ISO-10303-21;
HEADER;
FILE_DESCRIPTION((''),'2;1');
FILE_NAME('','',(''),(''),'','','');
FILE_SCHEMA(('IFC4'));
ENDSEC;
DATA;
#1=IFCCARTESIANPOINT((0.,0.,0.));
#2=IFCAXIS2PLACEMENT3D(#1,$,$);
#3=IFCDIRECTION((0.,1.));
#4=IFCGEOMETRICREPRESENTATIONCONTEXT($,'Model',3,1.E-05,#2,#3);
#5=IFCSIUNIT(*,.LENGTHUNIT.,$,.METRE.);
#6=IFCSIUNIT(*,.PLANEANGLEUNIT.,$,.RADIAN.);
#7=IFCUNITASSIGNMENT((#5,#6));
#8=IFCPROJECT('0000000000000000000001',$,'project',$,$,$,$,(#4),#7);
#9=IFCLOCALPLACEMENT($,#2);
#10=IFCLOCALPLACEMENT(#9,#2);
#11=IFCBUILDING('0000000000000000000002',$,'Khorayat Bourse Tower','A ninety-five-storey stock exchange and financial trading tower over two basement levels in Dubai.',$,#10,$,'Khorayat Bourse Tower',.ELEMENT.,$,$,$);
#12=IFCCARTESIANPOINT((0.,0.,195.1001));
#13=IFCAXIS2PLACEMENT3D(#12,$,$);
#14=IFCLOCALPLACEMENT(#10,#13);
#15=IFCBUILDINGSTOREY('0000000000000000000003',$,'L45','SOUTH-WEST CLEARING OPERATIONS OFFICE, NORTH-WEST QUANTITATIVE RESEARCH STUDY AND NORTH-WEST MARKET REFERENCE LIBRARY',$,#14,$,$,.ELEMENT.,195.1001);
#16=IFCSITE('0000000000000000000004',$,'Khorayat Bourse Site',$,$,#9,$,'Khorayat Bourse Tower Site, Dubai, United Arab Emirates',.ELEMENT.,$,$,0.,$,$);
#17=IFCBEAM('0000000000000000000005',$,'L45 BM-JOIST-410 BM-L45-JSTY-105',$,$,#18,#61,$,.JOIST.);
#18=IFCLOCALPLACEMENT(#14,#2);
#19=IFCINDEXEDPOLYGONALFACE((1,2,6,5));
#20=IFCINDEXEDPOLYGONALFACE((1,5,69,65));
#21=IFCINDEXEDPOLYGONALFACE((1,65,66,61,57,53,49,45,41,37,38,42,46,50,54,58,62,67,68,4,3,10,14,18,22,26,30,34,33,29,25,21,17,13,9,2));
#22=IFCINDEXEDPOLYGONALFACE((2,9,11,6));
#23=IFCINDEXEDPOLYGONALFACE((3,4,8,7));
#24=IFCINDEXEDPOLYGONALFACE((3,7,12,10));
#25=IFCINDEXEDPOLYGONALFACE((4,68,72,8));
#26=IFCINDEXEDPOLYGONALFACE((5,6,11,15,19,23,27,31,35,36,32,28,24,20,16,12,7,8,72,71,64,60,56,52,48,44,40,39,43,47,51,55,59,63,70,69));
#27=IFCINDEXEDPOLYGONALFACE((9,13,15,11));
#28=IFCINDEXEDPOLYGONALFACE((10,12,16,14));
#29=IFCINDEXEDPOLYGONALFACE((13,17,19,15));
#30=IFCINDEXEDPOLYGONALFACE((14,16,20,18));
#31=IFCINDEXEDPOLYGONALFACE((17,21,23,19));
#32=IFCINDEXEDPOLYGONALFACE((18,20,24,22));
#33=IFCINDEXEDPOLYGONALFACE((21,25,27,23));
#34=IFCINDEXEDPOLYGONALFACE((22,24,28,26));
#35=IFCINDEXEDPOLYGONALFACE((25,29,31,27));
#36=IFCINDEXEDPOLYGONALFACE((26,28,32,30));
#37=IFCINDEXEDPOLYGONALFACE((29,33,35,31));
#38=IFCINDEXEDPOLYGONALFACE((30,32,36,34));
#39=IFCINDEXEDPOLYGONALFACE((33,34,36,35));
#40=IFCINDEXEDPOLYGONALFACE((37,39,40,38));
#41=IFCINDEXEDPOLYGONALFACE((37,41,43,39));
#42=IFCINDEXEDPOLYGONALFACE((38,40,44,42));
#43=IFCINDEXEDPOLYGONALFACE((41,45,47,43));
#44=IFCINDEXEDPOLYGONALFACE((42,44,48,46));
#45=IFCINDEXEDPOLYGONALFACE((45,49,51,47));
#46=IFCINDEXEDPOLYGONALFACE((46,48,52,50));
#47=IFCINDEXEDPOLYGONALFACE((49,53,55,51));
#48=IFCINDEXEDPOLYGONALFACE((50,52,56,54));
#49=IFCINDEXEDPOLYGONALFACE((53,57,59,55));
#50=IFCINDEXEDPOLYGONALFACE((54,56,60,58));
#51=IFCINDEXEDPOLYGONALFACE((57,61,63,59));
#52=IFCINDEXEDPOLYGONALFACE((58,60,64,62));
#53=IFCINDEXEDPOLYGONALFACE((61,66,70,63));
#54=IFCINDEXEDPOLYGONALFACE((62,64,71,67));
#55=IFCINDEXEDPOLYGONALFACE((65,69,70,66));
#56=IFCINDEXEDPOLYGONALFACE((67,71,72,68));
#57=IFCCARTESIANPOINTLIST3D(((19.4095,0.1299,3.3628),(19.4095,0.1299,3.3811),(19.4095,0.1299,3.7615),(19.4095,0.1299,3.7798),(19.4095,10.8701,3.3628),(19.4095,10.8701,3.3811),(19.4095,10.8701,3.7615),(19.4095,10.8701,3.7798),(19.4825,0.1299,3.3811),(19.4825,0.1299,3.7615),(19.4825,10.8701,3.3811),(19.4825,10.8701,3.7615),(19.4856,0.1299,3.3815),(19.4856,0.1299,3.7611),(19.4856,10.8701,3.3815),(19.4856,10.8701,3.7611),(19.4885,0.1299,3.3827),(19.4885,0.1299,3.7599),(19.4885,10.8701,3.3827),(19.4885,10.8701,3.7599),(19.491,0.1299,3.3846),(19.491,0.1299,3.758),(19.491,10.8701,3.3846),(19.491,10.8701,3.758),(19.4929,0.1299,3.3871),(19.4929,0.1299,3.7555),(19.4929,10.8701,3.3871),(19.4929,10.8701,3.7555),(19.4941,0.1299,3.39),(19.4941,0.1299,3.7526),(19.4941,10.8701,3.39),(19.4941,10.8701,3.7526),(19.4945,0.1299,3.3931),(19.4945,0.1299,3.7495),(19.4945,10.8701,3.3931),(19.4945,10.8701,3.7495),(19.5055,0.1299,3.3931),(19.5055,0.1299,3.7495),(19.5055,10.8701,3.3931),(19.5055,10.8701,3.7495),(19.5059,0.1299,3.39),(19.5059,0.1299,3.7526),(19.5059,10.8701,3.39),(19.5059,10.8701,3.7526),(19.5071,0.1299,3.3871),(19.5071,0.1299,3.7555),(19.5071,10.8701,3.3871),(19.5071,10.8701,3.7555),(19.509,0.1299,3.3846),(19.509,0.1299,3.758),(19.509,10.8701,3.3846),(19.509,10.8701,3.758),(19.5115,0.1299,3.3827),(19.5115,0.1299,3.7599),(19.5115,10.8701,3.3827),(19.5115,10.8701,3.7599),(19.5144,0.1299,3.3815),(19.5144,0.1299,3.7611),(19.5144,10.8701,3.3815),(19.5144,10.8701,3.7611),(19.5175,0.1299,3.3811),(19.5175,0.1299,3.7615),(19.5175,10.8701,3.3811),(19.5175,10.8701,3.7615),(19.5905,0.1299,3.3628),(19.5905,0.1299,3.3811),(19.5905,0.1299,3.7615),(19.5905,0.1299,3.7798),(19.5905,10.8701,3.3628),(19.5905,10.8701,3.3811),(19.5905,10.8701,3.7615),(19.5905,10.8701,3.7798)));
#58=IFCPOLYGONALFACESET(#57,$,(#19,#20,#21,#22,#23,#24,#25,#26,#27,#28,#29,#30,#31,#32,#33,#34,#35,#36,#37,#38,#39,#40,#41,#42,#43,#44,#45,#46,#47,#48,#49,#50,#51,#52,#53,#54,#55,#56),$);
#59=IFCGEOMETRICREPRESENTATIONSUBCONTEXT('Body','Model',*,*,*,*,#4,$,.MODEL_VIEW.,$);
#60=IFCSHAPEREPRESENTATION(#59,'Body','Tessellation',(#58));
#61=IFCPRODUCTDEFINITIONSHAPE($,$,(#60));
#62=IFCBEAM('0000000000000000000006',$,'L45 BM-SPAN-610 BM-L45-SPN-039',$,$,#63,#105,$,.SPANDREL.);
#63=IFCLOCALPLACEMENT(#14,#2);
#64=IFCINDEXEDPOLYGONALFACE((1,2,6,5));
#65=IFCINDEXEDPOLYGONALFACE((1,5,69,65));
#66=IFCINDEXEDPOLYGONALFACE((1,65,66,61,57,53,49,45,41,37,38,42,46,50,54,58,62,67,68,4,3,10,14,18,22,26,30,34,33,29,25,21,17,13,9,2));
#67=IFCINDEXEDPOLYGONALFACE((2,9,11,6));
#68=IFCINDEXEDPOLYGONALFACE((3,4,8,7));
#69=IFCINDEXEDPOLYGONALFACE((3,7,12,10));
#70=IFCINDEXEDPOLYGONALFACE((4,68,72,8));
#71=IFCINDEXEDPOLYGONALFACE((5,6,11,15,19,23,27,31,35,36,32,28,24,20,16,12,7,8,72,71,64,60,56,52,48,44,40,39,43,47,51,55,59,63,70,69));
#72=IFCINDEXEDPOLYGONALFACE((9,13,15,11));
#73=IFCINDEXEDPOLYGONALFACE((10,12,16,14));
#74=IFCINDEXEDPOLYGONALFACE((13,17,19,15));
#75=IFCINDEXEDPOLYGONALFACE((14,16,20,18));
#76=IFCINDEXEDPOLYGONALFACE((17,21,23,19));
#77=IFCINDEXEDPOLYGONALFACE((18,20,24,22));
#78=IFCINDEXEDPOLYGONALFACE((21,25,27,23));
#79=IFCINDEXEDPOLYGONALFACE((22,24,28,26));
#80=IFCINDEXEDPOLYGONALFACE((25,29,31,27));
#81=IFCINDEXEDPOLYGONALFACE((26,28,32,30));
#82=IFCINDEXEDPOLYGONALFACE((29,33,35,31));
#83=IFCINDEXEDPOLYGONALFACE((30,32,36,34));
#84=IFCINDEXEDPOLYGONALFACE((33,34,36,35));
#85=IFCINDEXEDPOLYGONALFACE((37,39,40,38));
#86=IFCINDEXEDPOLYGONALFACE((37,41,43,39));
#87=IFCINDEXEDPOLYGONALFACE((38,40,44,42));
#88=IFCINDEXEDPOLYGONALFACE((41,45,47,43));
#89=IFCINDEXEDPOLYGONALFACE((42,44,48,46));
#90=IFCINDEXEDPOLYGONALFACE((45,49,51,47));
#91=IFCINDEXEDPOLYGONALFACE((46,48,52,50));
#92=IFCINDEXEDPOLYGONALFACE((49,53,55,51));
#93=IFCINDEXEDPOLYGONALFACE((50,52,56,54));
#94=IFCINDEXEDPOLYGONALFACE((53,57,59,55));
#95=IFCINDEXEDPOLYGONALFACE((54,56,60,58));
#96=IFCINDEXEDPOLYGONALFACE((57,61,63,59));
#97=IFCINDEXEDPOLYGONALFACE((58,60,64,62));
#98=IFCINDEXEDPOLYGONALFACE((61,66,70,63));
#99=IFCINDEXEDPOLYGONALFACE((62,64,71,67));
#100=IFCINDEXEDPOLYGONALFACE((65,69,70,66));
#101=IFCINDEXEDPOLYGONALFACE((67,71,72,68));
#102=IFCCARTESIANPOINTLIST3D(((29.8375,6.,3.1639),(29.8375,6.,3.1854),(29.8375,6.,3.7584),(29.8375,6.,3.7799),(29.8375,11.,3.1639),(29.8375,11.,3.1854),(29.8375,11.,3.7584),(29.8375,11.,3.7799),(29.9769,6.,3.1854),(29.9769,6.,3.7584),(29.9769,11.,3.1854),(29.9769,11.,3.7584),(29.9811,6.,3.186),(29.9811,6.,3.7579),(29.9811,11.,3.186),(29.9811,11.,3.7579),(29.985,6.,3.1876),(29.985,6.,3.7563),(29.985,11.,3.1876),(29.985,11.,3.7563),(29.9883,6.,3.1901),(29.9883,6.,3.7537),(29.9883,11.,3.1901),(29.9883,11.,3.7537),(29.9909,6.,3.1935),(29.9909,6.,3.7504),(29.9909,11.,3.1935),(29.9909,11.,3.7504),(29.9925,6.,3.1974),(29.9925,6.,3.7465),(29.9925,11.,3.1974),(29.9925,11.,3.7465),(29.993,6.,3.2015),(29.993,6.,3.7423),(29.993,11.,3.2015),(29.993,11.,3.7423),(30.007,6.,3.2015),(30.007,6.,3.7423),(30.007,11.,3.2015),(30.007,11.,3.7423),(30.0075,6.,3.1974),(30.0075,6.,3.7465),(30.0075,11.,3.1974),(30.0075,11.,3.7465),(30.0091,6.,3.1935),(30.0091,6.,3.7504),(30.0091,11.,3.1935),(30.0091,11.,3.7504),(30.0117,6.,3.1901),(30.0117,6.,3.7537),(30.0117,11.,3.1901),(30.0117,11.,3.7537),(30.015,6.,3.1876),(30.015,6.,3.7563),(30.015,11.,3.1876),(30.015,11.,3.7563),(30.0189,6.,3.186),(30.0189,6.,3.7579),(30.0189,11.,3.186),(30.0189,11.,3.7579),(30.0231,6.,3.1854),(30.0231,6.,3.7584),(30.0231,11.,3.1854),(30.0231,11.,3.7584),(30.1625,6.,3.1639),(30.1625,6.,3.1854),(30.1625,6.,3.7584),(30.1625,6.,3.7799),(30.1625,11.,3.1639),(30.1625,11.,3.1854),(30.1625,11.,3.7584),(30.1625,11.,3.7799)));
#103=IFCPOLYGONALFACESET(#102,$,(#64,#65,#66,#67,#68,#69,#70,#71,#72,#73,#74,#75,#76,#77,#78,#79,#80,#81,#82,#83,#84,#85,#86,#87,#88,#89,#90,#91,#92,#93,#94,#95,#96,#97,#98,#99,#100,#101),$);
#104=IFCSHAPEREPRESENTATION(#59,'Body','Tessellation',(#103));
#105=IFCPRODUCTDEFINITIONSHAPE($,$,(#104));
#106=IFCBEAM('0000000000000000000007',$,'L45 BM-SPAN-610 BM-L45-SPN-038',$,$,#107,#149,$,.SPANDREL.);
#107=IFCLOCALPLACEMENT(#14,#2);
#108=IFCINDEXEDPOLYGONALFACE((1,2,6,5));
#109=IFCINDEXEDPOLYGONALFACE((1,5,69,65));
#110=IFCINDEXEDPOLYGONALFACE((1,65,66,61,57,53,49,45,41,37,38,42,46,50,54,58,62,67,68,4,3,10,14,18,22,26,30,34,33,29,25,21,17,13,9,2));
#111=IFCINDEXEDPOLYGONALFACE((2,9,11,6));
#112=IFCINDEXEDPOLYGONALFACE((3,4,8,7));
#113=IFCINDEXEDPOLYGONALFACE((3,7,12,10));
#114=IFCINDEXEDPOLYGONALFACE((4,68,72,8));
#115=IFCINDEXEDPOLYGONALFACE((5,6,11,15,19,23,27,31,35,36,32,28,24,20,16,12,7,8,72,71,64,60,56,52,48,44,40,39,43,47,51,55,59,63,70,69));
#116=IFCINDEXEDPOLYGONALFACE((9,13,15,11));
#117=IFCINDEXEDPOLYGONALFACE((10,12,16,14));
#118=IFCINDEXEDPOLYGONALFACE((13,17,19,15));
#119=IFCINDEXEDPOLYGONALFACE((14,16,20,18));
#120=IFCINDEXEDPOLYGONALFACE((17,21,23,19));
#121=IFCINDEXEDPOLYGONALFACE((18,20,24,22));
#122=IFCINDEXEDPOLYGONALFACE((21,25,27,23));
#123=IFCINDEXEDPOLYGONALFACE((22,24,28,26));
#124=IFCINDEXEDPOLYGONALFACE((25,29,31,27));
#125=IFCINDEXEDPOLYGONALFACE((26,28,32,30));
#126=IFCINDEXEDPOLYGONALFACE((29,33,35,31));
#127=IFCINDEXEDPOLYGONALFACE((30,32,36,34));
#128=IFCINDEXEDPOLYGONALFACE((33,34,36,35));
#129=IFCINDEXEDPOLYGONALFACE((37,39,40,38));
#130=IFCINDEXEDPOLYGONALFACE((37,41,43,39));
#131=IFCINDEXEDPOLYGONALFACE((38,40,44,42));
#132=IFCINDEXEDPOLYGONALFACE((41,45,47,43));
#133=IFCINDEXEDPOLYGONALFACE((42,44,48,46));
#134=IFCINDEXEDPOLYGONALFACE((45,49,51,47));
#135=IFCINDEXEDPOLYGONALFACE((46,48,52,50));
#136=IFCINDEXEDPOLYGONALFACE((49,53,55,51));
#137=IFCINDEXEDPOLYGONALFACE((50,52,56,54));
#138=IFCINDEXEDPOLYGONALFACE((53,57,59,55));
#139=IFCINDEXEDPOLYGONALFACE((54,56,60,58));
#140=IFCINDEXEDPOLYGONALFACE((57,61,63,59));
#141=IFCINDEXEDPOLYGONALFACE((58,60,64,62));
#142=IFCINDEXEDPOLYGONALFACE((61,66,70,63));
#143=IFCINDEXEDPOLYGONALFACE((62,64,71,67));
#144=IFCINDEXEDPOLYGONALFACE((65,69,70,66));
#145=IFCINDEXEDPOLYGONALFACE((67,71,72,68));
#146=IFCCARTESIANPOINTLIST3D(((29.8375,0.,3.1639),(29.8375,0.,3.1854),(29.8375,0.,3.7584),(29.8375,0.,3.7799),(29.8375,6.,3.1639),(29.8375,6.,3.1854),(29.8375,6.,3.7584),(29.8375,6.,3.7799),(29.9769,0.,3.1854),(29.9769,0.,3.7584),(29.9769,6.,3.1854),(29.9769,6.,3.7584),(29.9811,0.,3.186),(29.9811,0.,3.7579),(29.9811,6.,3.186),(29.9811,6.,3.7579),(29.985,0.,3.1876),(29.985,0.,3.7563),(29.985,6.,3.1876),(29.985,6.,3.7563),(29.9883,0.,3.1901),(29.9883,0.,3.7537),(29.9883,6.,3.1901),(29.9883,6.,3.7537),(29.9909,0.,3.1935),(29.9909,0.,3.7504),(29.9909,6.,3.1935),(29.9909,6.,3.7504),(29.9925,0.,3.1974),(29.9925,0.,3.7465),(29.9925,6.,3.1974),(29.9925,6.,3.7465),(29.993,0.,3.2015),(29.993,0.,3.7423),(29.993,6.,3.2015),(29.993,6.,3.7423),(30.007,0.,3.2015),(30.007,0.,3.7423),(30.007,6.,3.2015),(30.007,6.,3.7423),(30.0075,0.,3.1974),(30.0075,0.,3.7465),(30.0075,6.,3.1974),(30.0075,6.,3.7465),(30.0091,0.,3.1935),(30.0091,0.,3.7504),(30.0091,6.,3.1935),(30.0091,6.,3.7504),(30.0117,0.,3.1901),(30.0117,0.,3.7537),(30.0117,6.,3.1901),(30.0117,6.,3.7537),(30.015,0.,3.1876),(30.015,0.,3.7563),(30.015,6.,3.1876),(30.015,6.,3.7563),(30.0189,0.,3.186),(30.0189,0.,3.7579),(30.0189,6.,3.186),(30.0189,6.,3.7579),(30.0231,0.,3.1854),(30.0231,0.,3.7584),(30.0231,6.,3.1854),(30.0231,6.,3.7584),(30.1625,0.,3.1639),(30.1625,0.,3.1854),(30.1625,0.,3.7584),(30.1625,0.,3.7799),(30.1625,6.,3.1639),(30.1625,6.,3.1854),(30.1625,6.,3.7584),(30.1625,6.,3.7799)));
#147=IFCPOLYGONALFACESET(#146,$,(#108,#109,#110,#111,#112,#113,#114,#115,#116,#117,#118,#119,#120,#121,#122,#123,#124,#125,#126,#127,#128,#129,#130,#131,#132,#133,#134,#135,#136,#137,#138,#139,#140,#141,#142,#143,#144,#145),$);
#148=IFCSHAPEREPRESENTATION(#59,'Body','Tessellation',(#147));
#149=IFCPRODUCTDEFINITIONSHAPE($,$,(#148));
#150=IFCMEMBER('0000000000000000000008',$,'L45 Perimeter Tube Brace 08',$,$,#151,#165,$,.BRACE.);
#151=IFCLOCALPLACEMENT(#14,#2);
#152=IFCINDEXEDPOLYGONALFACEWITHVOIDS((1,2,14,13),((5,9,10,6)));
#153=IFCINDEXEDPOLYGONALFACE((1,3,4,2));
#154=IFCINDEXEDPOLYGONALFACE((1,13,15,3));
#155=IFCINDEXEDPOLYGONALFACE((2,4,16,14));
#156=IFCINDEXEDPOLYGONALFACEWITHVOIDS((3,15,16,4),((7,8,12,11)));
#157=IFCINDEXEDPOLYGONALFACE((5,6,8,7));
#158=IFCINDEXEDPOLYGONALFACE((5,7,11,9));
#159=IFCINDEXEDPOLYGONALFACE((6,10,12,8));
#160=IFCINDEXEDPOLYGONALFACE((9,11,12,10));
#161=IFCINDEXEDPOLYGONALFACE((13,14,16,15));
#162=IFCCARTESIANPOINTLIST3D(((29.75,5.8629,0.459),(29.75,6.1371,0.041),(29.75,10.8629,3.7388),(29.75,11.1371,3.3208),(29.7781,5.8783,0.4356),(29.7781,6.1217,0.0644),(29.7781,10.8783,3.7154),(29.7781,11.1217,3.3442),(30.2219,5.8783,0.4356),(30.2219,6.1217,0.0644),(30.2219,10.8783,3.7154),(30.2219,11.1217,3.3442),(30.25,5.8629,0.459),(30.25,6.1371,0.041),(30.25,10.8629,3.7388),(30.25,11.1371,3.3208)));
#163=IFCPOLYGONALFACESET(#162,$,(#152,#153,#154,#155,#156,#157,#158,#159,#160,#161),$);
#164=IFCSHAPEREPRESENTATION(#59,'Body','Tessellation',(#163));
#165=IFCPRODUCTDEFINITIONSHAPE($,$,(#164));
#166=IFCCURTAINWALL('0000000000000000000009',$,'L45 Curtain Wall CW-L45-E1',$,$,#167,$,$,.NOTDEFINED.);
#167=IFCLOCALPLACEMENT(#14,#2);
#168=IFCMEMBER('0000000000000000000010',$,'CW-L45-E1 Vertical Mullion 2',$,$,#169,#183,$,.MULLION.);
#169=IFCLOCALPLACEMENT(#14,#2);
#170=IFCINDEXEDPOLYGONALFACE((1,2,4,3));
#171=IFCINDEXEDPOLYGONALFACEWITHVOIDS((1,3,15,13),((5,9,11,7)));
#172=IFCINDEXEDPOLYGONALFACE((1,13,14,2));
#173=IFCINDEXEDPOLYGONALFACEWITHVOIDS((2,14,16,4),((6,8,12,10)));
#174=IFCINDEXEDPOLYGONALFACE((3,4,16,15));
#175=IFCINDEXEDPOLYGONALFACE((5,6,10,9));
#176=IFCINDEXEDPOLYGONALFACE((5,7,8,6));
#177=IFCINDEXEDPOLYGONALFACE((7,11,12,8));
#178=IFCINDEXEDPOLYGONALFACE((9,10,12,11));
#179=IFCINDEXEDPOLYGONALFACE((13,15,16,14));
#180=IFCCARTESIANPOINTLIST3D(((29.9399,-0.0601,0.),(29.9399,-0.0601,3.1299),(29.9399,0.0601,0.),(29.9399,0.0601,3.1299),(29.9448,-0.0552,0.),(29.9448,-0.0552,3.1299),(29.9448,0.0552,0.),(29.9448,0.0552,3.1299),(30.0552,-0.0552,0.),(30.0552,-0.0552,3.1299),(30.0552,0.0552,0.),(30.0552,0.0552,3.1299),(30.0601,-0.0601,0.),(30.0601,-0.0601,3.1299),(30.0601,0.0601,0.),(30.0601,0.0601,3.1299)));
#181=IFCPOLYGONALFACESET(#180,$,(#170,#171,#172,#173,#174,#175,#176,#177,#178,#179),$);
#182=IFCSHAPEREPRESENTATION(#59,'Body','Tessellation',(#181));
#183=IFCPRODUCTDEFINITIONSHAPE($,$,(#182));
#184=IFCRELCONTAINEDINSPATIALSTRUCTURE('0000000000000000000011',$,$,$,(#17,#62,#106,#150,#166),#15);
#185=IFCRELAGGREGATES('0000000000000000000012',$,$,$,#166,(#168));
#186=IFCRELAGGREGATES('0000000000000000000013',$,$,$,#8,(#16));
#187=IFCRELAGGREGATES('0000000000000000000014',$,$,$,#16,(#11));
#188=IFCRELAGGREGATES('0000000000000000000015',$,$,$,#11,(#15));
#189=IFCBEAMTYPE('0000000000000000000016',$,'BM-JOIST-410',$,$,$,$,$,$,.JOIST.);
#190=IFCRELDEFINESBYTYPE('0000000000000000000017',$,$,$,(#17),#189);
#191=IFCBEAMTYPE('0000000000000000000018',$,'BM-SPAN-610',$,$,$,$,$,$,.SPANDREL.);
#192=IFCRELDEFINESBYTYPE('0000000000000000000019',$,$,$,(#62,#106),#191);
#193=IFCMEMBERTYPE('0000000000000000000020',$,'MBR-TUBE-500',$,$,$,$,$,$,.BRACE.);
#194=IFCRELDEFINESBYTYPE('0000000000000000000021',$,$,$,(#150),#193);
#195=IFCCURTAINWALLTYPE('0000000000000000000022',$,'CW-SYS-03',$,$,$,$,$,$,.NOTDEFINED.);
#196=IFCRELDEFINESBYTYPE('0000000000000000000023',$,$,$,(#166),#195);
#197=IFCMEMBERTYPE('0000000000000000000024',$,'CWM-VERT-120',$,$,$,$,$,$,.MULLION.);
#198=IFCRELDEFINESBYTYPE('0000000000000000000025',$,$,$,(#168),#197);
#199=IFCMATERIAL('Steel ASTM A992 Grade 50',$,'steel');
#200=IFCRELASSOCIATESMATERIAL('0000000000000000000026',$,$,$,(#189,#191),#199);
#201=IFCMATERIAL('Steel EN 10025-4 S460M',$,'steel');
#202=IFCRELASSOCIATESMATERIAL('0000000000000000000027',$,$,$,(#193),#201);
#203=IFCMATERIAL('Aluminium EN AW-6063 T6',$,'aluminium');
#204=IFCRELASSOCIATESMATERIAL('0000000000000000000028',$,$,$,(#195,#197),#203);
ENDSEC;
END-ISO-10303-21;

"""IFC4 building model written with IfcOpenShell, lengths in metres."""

from ifc_helpers import new_model, si_unit, direction, frame, origin, origin_2d, place, context, subcontext, project, spatial, hollow_rectangle, i_section, extrude, source, transform, mapped, material, material_profile, profile_set, type_object, element, aggregate, save


model = new_model("IFC4")

# Units and contexts
model_context = context("Model", 3, precision=1e-05, world=origin(), true_north=direction((0.0, 1.0)))
body_context = subcontext(model_context, "Body", "Model", "MODEL_VIEW")
ifc_project = project(units=[si_unit("LENGTHUNIT", "METRE"), si_unit("PLANEANGLEUNIT", "RADIAN")], contexts=[model_context])

# Site, building, storey
site_placement = place(None, origin())
site = spatial("IfcSite", under=ifc_project, at=site_placement, Name="Khorayat Bourse Site", LongName="Khorayat Bourse Tower Site, Dubai, United Arab Emirates", CompositionType="ELEMENT", RefElevation=0.0)
building_placement = place(site_placement, origin())
building = spatial("IfcBuilding", under=site, at=building_placement, Name="Khorayat Bourse Tower", Description="A ninety-five-storey stock exchange and financial trading tower over two basement levels in Dubai.", LongName="Khorayat Bourse Tower", CompositionType="ELEMENT")
storey_placement = place(building_placement, frame((0.0, 0.0, 195.1001)))
storey = spatial("IfcBuildingStorey", under=building, at=storey_placement, Name="L45", Description="SOUTH-WEST CLEARING OPERATIONS OFFICE, NORTH-WEST QUANTITATIVE RESEARCH STUDY AND NORTH-WEST MARKET REFERENCE LIBRARY", CompositionType="ELEMENT", Elevation=195.1001)

# Shared definitions
ifc_material_1 = material(Name="Steel EN 10025-4 S460M", Category="steel")

# Beams
ifc_material_2 = material(Name="Steel ASTM A992 Grade 50", Category="steel")
ifc_material_profile_1 = material_profile(ifc_material_2, i_section(OverallWidth=0.1809, OverallDepth=0.417, WebThickness=0.011, FlangeThickness=0.0183, FilletRadius=0.012, at=origin_2d()), Name="W410X85")
ifc_profile_set_1 = profile_set([ifc_material_profile_1], Name="Steel ASTM A992 Grade 50")
beam_type_1 = type_object("IfcBeamType", Name="BM-JOIST-410", PredefinedType="JOIST", material=ifc_profile_set_1)
shared_shape_1 = source(origin(), body_context, "Body", "SweptSolid", [
    extrude(i_section(OverallWidth=0.1809, OverallDepth=0.417, WebThickness=0.011, FlangeThickness=0.0183, FilletRadius=0.012, at=origin_2d()), origin(), (0.0, 0.0, 1.0), 10.7402),
])
beam_1_placement = place(storey_placement, frame((19.5, 0.1299, 3.5713), z_axis=(0.0, 1.0, 0.0), x_axis=(-1.0, 0.0, 0.0)))
element("IfcBeam", 1, at=beam_1_placement, inside=storey, type_object=beam_type_1, Name="L45 BM-JOIST-410 BM-L45-JSTY-105", PredefinedType="JOIST", context=body_context, shape_type="MappedRepresentation", body=[
    mapped(shared_shape_1, transform((0.0, 0.0, 0.0), scale=1.0)),
])
ifc_material_profile_2 = material_profile(ifc_material_2, i_section(OverallWidth=0.325, OverallDepth=0.616, WebThickness=0.0139, FlangeThickness=0.0215, FilletRadius=0.0161, at=origin_2d()), Name="W610X174")
ifc_profile_set_2 = profile_set([ifc_material_profile_2], Name="Steel ASTM A992 Grade 50")
beam_type_2 = type_object("IfcBeamType", Name="BM-SPAN-610", PredefinedType="SPANDREL", material=ifc_profile_set_2)
shared_shape_2 = source(origin(), body_context, "Body", "SweptSolid", [
    extrude(i_section(OverallWidth=0.325, OverallDepth=0.616, WebThickness=0.0139, FlangeThickness=0.0215, FilletRadius=0.0161, at=origin_2d()), origin(), (0.0, 0.0, 1.0), 5.0),
])
beam_2_placement = place(storey_placement, frame((30.0, 6.0, 3.4719), z_axis=(0.0, 1.0, 0.0), x_axis=(-1.0, 0.0, 0.0)))
element("IfcBeam", 2, at=beam_2_placement, inside=storey, type_object=beam_type_2, Name="L45 BM-SPAN-610 BM-L45-SPN-039", PredefinedType="SPANDREL", context=body_context, shape_type="MappedRepresentation", body=[
    mapped(shared_shape_2, transform((0.0, 0.0, 0.0), scale=1.0)),
])
shared_shape_3 = source(origin(), body_context, "Body", "SweptSolid", [
    extrude(i_section(OverallWidth=0.325, OverallDepth=0.616, WebThickness=0.0139, FlangeThickness=0.0215, FilletRadius=0.0161, at=origin_2d()), origin(), (0.0, 0.0, 1.0), 6.0),
])
beam_3_placement = place(storey_placement, frame((30.0, 0.0, 3.4719), z_axis=(0.0, 1.0, 0.0), x_axis=(-1.0, 0.0, 0.0)))
element("IfcBeam", 3, at=beam_3_placement, inside=storey, type_object=beam_type_2, Name="L45 BM-SPAN-610 BM-L45-SPN-038", PredefinedType="SPANDREL", context=body_context, shape_type="MappedRepresentation", body=[
    mapped(shared_shape_3, transform((0.0, 0.0, 0.0), scale=1.0)),
])

# Member
ifc_material_profile_3 = material_profile(ifc_material_1, hollow_rectangle(XDim=0.5, YDim=0.5, WallThickness=0.0281, at=origin_2d()), Name="HSS 500x500x28")
ifc_profile_set_3 = profile_set([ifc_material_profile_3], Name="Steel EN 10025-4 S460M")
member_type_1 = type_object("IfcMemberType", Name="MBR-TUBE-500", PredefinedType="BRACE", material=ifc_profile_set_3)
shared_shape_4 = source(origin(), body_context, "Body", "SweptSolid", [
    extrude(hollow_rectangle(XDim=0.5, YDim=0.5, WallThickness=0.0281, at=origin_2d()), origin(), (0.0, 0.0, 1.0), 5.9797),
])
member_1_placement = place(storey_placement, frame((30.0, 6.0, 0.25), z_axis=(0.0, 0.83616, 0.548485), x_axis=(-1.0, 0.0, 0.0)))
element("IfcMember", 4, at=member_1_placement, inside=storey, type_object=member_type_1, Name="L45 Perimeter Tube Brace 08", PredefinedType="BRACE", context=body_context, shape_type="MappedRepresentation", body=[
    mapped(shared_shape_4, transform((0.0, 0.0, 0.0), scale=1.0)),
])

# Curtain wall, member
ifc_material_3 = material(Name="Aluminium EN AW-6063 T6", Category="aluminium")
curtain_wall_type = type_object("IfcCurtainWallType", Name="CW-SYS-03", PredefinedType="NOTDEFINED", material=ifc_material_3)
curtain_wall_placement = place(storey_placement, origin())
curtain_wall = element("IfcCurtainWall", 5, at=curtain_wall_placement, inside=storey, type_object=curtain_wall_type, Name="L45 Curtain Wall CW-L45-E1", PredefinedType="NOTDEFINED")
ifc_material_profile_4 = material_profile(ifc_material_3, hollow_rectangle(XDim=0.1201, YDim=0.1201, WallThickness=0.0049, at=origin_2d()), Name="ALU 120x120x5")
ifc_profile_set_4 = profile_set([ifc_material_profile_4], Name="Aluminium EN AW-6063 T6")
member_type_2 = type_object("IfcMemberType", Name="CWM-VERT-120", PredefinedType="MULLION", material=ifc_profile_set_4)
shared_shape_5 = source(origin(), body_context, "Body", "SweptSolid", [
    extrude(hollow_rectangle(XDim=0.1201, YDim=0.1201, WallThickness=0.0049, at=origin_2d()), origin(), (0.0, 0.0, 1.0), 3.1299),
])
member_2_placement = place(storey_placement, frame((30.0, 0.0, 0.0), z_axis=(0.0, 0.0, 1.0), x_axis=(-1.0, 0.0, 0.0)))
member_2 = element("IfcMember", 6, at=member_2_placement, type_object=member_type_2, Name="CW-L45-E1 Vertical Mullion 2", PredefinedType="MULLION", context=body_context, shape_type="MappedRepresentation", body=[
    mapped(shared_shape_5, transform((0.0, 0.0, 0.0), scale=1.0)),
])
aggregate(curtain_wall, [member_2])

save(model, "model.ifc")
